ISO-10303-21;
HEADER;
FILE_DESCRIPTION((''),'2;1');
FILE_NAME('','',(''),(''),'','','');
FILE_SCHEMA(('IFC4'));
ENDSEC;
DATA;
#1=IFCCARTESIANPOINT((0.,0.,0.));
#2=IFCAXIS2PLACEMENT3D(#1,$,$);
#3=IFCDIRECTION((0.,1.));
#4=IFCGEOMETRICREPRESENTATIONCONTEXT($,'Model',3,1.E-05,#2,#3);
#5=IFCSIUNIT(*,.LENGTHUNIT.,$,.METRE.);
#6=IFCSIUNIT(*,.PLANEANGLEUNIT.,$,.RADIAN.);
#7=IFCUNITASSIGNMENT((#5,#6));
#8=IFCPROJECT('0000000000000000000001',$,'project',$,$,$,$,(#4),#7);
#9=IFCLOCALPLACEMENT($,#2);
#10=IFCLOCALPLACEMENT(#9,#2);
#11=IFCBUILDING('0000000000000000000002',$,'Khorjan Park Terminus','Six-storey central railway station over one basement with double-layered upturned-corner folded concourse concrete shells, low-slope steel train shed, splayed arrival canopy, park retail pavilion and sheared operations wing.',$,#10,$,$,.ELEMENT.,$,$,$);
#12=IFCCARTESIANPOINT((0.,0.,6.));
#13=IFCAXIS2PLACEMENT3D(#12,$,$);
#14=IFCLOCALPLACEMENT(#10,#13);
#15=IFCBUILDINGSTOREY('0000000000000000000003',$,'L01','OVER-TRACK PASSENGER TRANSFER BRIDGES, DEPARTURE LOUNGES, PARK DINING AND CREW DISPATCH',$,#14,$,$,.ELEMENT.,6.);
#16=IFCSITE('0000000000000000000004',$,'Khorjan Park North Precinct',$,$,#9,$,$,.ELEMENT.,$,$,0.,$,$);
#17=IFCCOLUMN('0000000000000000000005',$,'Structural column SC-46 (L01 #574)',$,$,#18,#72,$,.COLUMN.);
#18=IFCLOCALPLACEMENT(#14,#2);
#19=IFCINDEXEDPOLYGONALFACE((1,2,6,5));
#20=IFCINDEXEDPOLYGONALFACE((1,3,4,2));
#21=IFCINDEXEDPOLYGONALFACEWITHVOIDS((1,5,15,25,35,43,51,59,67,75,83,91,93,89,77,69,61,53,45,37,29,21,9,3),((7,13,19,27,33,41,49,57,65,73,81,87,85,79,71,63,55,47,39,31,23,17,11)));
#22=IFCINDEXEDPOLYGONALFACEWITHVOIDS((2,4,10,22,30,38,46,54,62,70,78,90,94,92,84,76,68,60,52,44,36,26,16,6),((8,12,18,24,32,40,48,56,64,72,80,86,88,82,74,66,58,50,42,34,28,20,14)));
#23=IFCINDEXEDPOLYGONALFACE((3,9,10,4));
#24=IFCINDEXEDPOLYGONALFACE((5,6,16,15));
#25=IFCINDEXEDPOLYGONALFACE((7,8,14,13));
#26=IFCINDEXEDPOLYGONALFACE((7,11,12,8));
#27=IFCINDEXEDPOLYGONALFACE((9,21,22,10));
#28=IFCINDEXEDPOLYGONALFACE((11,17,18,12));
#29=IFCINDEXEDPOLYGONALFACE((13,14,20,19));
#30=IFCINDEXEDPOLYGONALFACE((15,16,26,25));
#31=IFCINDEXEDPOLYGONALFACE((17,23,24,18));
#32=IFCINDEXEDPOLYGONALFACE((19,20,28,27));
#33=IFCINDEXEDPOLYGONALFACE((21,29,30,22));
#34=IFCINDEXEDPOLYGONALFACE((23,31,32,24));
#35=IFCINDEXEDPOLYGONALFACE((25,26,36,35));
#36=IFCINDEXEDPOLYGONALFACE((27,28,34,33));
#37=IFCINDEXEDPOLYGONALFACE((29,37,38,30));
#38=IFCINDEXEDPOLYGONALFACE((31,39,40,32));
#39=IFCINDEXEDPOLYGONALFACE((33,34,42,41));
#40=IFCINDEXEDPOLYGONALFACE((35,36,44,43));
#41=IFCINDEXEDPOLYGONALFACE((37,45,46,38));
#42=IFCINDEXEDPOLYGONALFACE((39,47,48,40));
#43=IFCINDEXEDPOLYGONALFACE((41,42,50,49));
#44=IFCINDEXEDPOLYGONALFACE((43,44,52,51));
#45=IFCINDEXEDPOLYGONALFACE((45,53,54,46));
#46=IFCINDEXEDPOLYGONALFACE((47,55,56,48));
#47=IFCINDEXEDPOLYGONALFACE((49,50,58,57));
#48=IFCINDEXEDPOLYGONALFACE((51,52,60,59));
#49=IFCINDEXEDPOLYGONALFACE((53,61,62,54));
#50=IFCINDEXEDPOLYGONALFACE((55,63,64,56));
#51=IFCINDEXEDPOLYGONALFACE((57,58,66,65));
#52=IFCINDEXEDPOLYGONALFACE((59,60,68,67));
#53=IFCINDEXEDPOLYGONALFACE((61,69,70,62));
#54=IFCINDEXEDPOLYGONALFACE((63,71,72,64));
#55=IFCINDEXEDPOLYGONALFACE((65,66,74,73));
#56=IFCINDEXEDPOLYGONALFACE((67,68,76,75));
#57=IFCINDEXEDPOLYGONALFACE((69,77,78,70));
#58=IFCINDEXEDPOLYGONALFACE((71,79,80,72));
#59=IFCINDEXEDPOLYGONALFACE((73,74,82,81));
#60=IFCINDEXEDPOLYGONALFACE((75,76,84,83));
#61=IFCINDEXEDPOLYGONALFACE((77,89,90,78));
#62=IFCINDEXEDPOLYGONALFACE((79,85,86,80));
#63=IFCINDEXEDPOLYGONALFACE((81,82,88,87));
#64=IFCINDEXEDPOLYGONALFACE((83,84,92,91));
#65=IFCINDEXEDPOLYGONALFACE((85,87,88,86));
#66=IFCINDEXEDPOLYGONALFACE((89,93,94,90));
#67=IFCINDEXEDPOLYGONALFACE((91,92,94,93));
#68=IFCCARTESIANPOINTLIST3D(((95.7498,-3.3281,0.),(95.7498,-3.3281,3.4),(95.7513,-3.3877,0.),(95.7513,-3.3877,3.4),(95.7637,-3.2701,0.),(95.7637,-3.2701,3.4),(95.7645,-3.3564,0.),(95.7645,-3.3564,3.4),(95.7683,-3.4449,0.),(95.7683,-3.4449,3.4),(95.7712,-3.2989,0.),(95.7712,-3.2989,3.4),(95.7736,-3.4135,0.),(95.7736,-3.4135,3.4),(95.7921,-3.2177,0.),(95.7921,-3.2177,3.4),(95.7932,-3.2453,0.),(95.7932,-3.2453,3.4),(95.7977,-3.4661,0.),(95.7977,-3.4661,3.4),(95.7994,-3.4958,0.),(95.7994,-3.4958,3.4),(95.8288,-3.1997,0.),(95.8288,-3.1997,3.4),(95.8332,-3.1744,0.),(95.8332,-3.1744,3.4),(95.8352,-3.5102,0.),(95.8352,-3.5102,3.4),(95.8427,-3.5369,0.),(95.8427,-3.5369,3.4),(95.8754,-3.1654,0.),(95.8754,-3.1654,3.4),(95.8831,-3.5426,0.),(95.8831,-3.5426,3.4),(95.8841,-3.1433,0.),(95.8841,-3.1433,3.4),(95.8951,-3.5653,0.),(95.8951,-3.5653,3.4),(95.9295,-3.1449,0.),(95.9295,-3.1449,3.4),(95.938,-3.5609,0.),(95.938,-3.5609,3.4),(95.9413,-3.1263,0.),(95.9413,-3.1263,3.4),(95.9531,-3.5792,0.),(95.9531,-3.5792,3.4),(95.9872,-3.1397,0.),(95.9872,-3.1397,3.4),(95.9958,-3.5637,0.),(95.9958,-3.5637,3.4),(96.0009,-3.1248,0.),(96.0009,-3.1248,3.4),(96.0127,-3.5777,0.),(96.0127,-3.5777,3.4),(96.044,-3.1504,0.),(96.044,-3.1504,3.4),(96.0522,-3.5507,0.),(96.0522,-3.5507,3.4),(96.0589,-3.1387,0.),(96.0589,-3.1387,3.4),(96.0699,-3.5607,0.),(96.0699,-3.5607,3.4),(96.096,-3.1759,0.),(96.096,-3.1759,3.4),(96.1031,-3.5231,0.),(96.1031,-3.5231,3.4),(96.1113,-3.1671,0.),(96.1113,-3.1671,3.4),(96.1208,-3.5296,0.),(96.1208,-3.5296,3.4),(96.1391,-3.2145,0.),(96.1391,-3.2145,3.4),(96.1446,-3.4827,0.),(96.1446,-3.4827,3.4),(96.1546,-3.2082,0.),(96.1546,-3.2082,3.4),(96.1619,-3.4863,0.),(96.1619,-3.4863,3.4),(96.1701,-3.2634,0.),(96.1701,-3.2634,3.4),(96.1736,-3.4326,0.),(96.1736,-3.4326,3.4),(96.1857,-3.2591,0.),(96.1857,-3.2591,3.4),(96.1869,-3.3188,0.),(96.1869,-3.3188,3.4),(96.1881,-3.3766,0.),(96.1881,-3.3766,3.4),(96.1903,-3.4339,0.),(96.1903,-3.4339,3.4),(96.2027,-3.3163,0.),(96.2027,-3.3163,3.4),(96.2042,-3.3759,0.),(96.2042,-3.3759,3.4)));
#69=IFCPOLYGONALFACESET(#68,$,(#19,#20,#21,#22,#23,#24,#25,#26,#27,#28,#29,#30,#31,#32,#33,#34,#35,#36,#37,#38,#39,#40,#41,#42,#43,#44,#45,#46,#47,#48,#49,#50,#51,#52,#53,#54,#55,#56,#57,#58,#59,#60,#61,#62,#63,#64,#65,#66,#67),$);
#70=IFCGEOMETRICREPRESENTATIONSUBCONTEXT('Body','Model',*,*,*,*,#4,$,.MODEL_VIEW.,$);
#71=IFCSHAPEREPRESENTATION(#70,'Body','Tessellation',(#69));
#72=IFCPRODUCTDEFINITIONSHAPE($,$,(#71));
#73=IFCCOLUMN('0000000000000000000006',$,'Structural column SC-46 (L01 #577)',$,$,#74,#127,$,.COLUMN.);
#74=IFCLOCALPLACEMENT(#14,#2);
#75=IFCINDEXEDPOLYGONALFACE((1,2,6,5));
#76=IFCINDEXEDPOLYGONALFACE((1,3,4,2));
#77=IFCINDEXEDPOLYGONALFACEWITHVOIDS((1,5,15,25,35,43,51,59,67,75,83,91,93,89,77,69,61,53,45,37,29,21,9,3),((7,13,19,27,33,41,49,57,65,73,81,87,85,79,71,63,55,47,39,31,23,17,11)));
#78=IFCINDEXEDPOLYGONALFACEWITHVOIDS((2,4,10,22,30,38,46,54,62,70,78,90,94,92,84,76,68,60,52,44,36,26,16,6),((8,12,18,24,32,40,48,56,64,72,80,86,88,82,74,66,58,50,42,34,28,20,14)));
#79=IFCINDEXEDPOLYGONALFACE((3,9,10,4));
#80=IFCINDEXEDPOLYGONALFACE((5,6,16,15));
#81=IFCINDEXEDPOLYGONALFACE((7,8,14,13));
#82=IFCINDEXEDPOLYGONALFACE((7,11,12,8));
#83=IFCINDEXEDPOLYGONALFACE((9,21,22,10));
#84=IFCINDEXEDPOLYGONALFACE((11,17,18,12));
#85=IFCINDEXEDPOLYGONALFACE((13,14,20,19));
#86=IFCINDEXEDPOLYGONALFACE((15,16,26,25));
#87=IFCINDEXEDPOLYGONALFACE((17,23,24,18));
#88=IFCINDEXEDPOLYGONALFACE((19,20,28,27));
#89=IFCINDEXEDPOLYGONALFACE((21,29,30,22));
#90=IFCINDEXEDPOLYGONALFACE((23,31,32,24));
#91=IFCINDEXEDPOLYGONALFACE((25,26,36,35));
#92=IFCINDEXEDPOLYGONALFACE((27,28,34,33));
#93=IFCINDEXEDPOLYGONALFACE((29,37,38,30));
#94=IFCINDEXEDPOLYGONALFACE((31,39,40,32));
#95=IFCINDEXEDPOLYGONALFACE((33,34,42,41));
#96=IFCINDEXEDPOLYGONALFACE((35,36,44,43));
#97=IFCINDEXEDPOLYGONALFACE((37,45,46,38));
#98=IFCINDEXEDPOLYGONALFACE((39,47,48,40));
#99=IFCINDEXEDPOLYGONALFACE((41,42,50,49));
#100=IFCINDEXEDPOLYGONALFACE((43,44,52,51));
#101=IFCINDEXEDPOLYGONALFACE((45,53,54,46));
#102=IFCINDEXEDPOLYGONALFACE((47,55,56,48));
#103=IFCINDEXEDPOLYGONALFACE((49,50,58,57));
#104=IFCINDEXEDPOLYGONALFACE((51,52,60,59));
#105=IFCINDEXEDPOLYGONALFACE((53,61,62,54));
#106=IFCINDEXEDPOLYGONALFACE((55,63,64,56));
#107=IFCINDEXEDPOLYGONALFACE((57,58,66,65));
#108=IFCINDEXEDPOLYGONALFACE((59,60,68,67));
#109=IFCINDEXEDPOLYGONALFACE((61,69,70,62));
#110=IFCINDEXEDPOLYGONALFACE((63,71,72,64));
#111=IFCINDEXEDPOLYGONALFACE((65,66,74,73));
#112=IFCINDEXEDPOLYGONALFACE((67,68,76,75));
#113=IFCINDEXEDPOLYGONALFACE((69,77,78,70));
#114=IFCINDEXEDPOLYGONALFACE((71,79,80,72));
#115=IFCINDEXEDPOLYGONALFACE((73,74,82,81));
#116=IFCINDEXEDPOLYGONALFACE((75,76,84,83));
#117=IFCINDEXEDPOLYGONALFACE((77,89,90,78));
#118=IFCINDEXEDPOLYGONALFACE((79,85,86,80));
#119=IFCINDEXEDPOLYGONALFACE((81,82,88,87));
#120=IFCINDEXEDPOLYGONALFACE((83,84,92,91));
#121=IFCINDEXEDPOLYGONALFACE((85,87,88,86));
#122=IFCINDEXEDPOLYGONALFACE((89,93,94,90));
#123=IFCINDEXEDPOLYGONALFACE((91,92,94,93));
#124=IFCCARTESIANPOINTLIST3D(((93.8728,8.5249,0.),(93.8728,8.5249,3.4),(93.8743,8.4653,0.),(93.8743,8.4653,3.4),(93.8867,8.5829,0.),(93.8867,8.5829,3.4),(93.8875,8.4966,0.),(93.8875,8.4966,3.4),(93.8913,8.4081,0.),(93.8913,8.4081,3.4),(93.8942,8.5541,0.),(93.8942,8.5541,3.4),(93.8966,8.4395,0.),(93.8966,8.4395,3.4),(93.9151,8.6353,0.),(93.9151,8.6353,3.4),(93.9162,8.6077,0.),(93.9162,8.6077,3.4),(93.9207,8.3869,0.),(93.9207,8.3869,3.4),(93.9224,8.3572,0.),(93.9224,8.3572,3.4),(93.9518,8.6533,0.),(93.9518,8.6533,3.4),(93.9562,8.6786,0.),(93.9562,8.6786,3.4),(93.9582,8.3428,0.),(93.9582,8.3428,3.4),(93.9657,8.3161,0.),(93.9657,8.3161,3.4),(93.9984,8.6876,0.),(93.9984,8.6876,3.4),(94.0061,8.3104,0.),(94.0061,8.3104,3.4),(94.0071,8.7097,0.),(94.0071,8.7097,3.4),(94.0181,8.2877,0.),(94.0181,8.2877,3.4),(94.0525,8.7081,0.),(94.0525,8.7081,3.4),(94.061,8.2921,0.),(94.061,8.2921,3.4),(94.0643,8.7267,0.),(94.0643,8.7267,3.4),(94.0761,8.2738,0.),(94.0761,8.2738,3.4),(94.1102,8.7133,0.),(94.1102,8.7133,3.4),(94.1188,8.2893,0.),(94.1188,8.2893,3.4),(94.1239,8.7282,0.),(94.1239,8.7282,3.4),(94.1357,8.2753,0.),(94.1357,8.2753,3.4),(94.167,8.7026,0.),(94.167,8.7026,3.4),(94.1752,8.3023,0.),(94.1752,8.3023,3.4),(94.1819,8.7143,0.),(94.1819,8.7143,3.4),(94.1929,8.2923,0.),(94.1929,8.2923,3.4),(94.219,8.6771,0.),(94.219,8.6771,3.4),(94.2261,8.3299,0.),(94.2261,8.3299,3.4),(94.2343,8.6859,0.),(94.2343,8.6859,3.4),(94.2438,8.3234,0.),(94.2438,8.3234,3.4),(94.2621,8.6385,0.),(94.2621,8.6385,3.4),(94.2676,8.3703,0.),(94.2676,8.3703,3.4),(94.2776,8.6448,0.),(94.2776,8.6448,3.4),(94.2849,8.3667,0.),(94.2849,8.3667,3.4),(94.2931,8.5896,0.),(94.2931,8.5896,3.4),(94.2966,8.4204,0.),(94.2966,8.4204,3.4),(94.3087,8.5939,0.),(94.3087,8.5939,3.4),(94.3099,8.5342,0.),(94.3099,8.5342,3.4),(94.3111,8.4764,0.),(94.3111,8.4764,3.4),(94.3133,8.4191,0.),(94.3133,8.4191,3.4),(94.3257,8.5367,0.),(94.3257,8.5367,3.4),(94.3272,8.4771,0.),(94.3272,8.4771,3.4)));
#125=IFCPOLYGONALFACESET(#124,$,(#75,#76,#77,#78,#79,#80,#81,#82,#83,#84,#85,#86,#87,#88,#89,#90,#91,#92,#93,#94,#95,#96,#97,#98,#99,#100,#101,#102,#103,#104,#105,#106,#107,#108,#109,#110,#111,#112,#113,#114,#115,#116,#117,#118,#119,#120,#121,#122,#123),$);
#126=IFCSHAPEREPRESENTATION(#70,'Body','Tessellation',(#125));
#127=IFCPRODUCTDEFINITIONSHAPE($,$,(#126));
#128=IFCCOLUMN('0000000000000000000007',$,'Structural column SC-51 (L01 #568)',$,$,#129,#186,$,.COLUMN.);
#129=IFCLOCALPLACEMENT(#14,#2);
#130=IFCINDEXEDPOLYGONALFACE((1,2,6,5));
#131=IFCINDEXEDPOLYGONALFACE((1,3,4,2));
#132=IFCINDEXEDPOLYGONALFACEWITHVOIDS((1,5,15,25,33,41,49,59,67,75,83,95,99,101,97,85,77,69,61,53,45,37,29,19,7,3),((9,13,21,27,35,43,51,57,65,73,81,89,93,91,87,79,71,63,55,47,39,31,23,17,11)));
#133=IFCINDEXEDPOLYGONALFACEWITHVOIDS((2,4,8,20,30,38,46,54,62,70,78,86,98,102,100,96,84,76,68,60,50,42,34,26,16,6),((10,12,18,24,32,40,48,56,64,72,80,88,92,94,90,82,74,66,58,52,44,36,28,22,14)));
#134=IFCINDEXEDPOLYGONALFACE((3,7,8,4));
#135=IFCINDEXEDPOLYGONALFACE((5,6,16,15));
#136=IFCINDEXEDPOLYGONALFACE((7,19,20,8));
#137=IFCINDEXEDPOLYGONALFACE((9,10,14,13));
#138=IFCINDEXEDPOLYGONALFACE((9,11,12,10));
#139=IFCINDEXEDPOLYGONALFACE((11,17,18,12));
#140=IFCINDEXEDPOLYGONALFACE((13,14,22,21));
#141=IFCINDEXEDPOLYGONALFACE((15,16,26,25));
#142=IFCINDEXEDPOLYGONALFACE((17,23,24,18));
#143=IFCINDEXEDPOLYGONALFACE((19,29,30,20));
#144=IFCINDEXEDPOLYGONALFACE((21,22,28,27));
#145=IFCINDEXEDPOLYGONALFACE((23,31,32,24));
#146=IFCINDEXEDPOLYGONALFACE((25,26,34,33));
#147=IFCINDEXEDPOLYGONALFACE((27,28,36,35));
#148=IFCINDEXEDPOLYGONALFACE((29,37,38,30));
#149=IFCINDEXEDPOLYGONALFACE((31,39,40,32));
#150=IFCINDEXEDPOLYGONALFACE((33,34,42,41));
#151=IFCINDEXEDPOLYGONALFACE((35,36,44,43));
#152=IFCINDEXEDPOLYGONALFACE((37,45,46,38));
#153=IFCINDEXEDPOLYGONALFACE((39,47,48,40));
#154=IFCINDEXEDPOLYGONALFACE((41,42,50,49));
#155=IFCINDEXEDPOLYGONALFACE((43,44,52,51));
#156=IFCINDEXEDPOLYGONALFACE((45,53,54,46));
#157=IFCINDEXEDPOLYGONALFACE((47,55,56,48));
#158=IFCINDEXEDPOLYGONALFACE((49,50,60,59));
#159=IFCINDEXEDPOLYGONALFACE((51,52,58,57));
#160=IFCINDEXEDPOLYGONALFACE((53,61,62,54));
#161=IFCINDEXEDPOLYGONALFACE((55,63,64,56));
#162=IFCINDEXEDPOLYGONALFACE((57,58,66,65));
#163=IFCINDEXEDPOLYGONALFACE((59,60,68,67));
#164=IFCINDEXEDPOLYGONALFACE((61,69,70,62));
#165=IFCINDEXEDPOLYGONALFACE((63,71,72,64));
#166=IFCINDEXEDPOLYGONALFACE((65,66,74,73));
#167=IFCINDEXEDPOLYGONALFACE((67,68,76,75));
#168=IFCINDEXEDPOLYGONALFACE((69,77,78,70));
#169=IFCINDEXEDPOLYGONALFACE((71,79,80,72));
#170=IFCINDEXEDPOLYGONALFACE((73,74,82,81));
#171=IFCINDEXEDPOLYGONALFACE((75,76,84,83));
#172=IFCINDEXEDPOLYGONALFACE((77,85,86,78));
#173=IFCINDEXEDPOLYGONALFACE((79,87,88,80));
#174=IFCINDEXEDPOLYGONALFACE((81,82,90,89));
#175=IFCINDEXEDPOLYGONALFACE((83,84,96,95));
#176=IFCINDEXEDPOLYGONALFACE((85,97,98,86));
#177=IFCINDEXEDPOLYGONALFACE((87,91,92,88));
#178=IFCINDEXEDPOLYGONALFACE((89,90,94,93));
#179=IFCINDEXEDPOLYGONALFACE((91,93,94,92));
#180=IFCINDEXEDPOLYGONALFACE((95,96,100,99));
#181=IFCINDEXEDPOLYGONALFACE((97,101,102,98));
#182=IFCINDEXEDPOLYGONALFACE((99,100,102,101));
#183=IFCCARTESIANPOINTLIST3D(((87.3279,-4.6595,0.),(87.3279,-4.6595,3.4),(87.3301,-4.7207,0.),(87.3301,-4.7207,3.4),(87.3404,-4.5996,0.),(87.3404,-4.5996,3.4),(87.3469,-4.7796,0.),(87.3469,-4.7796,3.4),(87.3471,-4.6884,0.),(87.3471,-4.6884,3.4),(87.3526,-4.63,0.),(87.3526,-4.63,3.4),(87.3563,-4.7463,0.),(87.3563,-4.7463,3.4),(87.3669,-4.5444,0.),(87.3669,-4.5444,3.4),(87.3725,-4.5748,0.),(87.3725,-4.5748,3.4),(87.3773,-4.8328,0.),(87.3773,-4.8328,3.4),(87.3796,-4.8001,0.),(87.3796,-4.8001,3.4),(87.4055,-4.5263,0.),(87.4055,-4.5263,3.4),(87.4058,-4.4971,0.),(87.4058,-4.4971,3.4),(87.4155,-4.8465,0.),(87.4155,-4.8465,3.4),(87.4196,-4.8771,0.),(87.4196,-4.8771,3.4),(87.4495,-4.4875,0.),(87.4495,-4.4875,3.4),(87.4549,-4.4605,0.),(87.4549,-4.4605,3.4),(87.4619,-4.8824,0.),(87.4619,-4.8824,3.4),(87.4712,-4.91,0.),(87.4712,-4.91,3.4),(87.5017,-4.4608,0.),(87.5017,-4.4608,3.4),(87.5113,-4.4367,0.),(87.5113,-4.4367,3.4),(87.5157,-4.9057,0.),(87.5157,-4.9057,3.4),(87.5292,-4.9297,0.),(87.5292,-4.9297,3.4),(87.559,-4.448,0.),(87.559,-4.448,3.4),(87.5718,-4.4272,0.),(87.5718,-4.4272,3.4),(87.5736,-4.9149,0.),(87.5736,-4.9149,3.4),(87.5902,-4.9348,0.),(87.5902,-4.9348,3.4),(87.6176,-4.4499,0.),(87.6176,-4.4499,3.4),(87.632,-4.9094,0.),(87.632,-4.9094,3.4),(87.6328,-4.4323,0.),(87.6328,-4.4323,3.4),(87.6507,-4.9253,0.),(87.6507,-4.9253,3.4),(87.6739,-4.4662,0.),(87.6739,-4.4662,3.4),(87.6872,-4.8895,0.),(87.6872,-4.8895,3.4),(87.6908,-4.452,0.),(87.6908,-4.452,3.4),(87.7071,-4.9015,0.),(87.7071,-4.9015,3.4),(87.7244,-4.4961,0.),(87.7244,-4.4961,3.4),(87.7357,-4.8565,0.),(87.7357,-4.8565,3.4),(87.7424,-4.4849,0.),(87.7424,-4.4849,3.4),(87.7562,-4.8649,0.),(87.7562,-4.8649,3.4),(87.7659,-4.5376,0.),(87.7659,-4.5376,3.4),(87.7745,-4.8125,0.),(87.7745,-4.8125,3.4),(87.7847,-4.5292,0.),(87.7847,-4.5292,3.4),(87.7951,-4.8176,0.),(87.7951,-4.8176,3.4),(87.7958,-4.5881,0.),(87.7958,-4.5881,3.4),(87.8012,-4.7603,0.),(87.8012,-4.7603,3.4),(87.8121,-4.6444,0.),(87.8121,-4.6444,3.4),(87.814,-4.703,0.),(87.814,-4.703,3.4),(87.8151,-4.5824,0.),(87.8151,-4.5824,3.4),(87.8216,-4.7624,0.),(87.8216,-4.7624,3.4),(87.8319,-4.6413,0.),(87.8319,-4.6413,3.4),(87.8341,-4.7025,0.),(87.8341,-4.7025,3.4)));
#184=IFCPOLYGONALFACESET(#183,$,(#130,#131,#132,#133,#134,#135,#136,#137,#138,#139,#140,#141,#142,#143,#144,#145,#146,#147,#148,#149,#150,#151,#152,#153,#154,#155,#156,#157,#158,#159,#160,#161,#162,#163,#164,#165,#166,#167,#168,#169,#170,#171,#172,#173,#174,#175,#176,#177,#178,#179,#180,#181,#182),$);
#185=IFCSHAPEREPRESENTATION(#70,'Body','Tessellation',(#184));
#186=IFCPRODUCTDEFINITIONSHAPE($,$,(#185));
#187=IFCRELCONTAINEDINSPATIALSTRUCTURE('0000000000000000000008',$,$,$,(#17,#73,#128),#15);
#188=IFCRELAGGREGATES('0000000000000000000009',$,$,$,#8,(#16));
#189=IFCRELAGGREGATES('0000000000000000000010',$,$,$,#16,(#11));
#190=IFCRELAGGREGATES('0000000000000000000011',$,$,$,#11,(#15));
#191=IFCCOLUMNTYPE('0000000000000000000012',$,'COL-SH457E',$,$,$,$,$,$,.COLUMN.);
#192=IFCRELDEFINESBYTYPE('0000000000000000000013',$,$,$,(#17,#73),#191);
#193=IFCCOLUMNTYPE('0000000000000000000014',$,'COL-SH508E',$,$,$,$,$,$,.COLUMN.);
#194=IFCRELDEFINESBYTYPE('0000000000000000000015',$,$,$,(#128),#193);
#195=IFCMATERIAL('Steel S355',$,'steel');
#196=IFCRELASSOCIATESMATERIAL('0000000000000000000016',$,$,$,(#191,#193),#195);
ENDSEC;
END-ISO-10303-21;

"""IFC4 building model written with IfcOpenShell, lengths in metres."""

from ifc_helpers import new_model, si_unit, direction, frame, origin, origin_2d, place, context, subcontext, project, spatial, hollow_circle, extrude, material, material_profile, profile_set, type_object, element, save


model = new_model("IFC4")

# Units and contexts
model_context = context("Model", 3, precision=1e-05, world=origin(), true_north=direction((0.0, 1.0)))
body_context = subcontext(model_context, "Body", "Model", "MODEL_VIEW")
ifc_project = project(units=[si_unit("LENGTHUNIT", "METRE"), si_unit("PLANEANGLEUNIT", "RADIAN")], contexts=[model_context])

# Site, building, storey
site_placement = place(None, origin())
site = spatial("IfcSite", under=ifc_project, at=site_placement, Name="Khorjan Park North Precinct", CompositionType="ELEMENT", RefElevation=0.0)
building_placement = place(site_placement, origin())
building = spatial("IfcBuilding", under=site, at=building_placement, Name="Khorjan Park Terminus", Description="Six-storey central railway station over one basement with double-layered upturned-corner folded concourse concrete shells, low-slope steel train shed, splayed arrival canopy, park retail pavilion and sheared operations wing.", CompositionType="ELEMENT")
storey_placement = place(building_placement, frame((0.0, 0.0, 6.0)))
storey = spatial("IfcBuildingStorey", under=building, at=storey_placement, Name="L01", Description="OVER-TRACK PASSENGER TRANSFER BRIDGES, DEPARTURE LOUNGES, PARK DINING AND CREW DISPATCH", CompositionType="ELEMENT", Elevation=6.0)

# Columns
ifc_material_1 = material(Name="Steel S355", Category="steel")
ifc_material_profile_1 = material_profile(ifc_material_1, hollow_circle(Radius=0.2285, WallThickness=0.016, at=origin_2d()), Name="CHS 457x16")
ifc_profile_set_1 = profile_set([ifc_material_profile_1], Name="Steel S355")
column_type_1 = type_object("IfcColumnType", Name="COL-SH457E", PredefinedType="COLUMN", material=ifc_profile_set_1)
for number, where, z_axis, x_axis, name in (
    (1, (95.977, -3.352, 0.0), (0.0, 0.0, 1.0), (0.987688, 0.156434, 0.0), "Structural column SC-46 (L01 #574)"),
    (2, (94.1, 8.501, 0.0), (0.0, 0.0, 1.0), (0.987688, 0.156434, 0.0), "Structural column SC-46 (L01 #577)"),
):
    element("IfcColumn", number, at=place(storey_placement, frame(where, z_axis=z_axis, x_axis=x_axis)), inside=storey, type_object=column_type_1, Name=name, PredefinedType="COLUMN", context=body_context, shape_type="SweptSolid", body=[
        extrude(hollow_circle(Radius=0.2285, WallThickness=0.016, at=origin_2d()), origin(), (0.0, 0.0, 1.0), 3.4),
    ])
ifc_material_profile_2 = material_profile(ifc_material_1, hollow_circle(Radius=0.254, WallThickness=0.02, at=origin_2d()), Name="CHS 508x20")
ifc_profile_set_2 = profile_set([ifc_material_profile_2], Name="Steel S355")
column_type_2 = type_object("IfcColumnType", Name="COL-SH508E", PredefinedType="COLUMN", material=ifc_profile_set_2)
for number, where, z_axis, x_axis, name in (
    (3, (87.581, -4.681, 0.0), (0.0, 0.0, 1.0), (0.987688, 0.156434, 0.0), "Structural column SC-51 (L01 #568)"),
):
    element("IfcColumn", number, at=place(storey_placement, frame(where, z_axis=z_axis, x_axis=x_axis)), inside=storey, type_object=column_type_2, Name=name, PredefinedType="COLUMN", context=body_context, shape_type="SweptSolid", body=[
        extrude(hollow_circle(Radius=0.254, WallThickness=0.02, at=origin_2d()), origin(), (0.0, 0.0, 1.0), 3.4),
    ])

save(model, "model.ifc")
